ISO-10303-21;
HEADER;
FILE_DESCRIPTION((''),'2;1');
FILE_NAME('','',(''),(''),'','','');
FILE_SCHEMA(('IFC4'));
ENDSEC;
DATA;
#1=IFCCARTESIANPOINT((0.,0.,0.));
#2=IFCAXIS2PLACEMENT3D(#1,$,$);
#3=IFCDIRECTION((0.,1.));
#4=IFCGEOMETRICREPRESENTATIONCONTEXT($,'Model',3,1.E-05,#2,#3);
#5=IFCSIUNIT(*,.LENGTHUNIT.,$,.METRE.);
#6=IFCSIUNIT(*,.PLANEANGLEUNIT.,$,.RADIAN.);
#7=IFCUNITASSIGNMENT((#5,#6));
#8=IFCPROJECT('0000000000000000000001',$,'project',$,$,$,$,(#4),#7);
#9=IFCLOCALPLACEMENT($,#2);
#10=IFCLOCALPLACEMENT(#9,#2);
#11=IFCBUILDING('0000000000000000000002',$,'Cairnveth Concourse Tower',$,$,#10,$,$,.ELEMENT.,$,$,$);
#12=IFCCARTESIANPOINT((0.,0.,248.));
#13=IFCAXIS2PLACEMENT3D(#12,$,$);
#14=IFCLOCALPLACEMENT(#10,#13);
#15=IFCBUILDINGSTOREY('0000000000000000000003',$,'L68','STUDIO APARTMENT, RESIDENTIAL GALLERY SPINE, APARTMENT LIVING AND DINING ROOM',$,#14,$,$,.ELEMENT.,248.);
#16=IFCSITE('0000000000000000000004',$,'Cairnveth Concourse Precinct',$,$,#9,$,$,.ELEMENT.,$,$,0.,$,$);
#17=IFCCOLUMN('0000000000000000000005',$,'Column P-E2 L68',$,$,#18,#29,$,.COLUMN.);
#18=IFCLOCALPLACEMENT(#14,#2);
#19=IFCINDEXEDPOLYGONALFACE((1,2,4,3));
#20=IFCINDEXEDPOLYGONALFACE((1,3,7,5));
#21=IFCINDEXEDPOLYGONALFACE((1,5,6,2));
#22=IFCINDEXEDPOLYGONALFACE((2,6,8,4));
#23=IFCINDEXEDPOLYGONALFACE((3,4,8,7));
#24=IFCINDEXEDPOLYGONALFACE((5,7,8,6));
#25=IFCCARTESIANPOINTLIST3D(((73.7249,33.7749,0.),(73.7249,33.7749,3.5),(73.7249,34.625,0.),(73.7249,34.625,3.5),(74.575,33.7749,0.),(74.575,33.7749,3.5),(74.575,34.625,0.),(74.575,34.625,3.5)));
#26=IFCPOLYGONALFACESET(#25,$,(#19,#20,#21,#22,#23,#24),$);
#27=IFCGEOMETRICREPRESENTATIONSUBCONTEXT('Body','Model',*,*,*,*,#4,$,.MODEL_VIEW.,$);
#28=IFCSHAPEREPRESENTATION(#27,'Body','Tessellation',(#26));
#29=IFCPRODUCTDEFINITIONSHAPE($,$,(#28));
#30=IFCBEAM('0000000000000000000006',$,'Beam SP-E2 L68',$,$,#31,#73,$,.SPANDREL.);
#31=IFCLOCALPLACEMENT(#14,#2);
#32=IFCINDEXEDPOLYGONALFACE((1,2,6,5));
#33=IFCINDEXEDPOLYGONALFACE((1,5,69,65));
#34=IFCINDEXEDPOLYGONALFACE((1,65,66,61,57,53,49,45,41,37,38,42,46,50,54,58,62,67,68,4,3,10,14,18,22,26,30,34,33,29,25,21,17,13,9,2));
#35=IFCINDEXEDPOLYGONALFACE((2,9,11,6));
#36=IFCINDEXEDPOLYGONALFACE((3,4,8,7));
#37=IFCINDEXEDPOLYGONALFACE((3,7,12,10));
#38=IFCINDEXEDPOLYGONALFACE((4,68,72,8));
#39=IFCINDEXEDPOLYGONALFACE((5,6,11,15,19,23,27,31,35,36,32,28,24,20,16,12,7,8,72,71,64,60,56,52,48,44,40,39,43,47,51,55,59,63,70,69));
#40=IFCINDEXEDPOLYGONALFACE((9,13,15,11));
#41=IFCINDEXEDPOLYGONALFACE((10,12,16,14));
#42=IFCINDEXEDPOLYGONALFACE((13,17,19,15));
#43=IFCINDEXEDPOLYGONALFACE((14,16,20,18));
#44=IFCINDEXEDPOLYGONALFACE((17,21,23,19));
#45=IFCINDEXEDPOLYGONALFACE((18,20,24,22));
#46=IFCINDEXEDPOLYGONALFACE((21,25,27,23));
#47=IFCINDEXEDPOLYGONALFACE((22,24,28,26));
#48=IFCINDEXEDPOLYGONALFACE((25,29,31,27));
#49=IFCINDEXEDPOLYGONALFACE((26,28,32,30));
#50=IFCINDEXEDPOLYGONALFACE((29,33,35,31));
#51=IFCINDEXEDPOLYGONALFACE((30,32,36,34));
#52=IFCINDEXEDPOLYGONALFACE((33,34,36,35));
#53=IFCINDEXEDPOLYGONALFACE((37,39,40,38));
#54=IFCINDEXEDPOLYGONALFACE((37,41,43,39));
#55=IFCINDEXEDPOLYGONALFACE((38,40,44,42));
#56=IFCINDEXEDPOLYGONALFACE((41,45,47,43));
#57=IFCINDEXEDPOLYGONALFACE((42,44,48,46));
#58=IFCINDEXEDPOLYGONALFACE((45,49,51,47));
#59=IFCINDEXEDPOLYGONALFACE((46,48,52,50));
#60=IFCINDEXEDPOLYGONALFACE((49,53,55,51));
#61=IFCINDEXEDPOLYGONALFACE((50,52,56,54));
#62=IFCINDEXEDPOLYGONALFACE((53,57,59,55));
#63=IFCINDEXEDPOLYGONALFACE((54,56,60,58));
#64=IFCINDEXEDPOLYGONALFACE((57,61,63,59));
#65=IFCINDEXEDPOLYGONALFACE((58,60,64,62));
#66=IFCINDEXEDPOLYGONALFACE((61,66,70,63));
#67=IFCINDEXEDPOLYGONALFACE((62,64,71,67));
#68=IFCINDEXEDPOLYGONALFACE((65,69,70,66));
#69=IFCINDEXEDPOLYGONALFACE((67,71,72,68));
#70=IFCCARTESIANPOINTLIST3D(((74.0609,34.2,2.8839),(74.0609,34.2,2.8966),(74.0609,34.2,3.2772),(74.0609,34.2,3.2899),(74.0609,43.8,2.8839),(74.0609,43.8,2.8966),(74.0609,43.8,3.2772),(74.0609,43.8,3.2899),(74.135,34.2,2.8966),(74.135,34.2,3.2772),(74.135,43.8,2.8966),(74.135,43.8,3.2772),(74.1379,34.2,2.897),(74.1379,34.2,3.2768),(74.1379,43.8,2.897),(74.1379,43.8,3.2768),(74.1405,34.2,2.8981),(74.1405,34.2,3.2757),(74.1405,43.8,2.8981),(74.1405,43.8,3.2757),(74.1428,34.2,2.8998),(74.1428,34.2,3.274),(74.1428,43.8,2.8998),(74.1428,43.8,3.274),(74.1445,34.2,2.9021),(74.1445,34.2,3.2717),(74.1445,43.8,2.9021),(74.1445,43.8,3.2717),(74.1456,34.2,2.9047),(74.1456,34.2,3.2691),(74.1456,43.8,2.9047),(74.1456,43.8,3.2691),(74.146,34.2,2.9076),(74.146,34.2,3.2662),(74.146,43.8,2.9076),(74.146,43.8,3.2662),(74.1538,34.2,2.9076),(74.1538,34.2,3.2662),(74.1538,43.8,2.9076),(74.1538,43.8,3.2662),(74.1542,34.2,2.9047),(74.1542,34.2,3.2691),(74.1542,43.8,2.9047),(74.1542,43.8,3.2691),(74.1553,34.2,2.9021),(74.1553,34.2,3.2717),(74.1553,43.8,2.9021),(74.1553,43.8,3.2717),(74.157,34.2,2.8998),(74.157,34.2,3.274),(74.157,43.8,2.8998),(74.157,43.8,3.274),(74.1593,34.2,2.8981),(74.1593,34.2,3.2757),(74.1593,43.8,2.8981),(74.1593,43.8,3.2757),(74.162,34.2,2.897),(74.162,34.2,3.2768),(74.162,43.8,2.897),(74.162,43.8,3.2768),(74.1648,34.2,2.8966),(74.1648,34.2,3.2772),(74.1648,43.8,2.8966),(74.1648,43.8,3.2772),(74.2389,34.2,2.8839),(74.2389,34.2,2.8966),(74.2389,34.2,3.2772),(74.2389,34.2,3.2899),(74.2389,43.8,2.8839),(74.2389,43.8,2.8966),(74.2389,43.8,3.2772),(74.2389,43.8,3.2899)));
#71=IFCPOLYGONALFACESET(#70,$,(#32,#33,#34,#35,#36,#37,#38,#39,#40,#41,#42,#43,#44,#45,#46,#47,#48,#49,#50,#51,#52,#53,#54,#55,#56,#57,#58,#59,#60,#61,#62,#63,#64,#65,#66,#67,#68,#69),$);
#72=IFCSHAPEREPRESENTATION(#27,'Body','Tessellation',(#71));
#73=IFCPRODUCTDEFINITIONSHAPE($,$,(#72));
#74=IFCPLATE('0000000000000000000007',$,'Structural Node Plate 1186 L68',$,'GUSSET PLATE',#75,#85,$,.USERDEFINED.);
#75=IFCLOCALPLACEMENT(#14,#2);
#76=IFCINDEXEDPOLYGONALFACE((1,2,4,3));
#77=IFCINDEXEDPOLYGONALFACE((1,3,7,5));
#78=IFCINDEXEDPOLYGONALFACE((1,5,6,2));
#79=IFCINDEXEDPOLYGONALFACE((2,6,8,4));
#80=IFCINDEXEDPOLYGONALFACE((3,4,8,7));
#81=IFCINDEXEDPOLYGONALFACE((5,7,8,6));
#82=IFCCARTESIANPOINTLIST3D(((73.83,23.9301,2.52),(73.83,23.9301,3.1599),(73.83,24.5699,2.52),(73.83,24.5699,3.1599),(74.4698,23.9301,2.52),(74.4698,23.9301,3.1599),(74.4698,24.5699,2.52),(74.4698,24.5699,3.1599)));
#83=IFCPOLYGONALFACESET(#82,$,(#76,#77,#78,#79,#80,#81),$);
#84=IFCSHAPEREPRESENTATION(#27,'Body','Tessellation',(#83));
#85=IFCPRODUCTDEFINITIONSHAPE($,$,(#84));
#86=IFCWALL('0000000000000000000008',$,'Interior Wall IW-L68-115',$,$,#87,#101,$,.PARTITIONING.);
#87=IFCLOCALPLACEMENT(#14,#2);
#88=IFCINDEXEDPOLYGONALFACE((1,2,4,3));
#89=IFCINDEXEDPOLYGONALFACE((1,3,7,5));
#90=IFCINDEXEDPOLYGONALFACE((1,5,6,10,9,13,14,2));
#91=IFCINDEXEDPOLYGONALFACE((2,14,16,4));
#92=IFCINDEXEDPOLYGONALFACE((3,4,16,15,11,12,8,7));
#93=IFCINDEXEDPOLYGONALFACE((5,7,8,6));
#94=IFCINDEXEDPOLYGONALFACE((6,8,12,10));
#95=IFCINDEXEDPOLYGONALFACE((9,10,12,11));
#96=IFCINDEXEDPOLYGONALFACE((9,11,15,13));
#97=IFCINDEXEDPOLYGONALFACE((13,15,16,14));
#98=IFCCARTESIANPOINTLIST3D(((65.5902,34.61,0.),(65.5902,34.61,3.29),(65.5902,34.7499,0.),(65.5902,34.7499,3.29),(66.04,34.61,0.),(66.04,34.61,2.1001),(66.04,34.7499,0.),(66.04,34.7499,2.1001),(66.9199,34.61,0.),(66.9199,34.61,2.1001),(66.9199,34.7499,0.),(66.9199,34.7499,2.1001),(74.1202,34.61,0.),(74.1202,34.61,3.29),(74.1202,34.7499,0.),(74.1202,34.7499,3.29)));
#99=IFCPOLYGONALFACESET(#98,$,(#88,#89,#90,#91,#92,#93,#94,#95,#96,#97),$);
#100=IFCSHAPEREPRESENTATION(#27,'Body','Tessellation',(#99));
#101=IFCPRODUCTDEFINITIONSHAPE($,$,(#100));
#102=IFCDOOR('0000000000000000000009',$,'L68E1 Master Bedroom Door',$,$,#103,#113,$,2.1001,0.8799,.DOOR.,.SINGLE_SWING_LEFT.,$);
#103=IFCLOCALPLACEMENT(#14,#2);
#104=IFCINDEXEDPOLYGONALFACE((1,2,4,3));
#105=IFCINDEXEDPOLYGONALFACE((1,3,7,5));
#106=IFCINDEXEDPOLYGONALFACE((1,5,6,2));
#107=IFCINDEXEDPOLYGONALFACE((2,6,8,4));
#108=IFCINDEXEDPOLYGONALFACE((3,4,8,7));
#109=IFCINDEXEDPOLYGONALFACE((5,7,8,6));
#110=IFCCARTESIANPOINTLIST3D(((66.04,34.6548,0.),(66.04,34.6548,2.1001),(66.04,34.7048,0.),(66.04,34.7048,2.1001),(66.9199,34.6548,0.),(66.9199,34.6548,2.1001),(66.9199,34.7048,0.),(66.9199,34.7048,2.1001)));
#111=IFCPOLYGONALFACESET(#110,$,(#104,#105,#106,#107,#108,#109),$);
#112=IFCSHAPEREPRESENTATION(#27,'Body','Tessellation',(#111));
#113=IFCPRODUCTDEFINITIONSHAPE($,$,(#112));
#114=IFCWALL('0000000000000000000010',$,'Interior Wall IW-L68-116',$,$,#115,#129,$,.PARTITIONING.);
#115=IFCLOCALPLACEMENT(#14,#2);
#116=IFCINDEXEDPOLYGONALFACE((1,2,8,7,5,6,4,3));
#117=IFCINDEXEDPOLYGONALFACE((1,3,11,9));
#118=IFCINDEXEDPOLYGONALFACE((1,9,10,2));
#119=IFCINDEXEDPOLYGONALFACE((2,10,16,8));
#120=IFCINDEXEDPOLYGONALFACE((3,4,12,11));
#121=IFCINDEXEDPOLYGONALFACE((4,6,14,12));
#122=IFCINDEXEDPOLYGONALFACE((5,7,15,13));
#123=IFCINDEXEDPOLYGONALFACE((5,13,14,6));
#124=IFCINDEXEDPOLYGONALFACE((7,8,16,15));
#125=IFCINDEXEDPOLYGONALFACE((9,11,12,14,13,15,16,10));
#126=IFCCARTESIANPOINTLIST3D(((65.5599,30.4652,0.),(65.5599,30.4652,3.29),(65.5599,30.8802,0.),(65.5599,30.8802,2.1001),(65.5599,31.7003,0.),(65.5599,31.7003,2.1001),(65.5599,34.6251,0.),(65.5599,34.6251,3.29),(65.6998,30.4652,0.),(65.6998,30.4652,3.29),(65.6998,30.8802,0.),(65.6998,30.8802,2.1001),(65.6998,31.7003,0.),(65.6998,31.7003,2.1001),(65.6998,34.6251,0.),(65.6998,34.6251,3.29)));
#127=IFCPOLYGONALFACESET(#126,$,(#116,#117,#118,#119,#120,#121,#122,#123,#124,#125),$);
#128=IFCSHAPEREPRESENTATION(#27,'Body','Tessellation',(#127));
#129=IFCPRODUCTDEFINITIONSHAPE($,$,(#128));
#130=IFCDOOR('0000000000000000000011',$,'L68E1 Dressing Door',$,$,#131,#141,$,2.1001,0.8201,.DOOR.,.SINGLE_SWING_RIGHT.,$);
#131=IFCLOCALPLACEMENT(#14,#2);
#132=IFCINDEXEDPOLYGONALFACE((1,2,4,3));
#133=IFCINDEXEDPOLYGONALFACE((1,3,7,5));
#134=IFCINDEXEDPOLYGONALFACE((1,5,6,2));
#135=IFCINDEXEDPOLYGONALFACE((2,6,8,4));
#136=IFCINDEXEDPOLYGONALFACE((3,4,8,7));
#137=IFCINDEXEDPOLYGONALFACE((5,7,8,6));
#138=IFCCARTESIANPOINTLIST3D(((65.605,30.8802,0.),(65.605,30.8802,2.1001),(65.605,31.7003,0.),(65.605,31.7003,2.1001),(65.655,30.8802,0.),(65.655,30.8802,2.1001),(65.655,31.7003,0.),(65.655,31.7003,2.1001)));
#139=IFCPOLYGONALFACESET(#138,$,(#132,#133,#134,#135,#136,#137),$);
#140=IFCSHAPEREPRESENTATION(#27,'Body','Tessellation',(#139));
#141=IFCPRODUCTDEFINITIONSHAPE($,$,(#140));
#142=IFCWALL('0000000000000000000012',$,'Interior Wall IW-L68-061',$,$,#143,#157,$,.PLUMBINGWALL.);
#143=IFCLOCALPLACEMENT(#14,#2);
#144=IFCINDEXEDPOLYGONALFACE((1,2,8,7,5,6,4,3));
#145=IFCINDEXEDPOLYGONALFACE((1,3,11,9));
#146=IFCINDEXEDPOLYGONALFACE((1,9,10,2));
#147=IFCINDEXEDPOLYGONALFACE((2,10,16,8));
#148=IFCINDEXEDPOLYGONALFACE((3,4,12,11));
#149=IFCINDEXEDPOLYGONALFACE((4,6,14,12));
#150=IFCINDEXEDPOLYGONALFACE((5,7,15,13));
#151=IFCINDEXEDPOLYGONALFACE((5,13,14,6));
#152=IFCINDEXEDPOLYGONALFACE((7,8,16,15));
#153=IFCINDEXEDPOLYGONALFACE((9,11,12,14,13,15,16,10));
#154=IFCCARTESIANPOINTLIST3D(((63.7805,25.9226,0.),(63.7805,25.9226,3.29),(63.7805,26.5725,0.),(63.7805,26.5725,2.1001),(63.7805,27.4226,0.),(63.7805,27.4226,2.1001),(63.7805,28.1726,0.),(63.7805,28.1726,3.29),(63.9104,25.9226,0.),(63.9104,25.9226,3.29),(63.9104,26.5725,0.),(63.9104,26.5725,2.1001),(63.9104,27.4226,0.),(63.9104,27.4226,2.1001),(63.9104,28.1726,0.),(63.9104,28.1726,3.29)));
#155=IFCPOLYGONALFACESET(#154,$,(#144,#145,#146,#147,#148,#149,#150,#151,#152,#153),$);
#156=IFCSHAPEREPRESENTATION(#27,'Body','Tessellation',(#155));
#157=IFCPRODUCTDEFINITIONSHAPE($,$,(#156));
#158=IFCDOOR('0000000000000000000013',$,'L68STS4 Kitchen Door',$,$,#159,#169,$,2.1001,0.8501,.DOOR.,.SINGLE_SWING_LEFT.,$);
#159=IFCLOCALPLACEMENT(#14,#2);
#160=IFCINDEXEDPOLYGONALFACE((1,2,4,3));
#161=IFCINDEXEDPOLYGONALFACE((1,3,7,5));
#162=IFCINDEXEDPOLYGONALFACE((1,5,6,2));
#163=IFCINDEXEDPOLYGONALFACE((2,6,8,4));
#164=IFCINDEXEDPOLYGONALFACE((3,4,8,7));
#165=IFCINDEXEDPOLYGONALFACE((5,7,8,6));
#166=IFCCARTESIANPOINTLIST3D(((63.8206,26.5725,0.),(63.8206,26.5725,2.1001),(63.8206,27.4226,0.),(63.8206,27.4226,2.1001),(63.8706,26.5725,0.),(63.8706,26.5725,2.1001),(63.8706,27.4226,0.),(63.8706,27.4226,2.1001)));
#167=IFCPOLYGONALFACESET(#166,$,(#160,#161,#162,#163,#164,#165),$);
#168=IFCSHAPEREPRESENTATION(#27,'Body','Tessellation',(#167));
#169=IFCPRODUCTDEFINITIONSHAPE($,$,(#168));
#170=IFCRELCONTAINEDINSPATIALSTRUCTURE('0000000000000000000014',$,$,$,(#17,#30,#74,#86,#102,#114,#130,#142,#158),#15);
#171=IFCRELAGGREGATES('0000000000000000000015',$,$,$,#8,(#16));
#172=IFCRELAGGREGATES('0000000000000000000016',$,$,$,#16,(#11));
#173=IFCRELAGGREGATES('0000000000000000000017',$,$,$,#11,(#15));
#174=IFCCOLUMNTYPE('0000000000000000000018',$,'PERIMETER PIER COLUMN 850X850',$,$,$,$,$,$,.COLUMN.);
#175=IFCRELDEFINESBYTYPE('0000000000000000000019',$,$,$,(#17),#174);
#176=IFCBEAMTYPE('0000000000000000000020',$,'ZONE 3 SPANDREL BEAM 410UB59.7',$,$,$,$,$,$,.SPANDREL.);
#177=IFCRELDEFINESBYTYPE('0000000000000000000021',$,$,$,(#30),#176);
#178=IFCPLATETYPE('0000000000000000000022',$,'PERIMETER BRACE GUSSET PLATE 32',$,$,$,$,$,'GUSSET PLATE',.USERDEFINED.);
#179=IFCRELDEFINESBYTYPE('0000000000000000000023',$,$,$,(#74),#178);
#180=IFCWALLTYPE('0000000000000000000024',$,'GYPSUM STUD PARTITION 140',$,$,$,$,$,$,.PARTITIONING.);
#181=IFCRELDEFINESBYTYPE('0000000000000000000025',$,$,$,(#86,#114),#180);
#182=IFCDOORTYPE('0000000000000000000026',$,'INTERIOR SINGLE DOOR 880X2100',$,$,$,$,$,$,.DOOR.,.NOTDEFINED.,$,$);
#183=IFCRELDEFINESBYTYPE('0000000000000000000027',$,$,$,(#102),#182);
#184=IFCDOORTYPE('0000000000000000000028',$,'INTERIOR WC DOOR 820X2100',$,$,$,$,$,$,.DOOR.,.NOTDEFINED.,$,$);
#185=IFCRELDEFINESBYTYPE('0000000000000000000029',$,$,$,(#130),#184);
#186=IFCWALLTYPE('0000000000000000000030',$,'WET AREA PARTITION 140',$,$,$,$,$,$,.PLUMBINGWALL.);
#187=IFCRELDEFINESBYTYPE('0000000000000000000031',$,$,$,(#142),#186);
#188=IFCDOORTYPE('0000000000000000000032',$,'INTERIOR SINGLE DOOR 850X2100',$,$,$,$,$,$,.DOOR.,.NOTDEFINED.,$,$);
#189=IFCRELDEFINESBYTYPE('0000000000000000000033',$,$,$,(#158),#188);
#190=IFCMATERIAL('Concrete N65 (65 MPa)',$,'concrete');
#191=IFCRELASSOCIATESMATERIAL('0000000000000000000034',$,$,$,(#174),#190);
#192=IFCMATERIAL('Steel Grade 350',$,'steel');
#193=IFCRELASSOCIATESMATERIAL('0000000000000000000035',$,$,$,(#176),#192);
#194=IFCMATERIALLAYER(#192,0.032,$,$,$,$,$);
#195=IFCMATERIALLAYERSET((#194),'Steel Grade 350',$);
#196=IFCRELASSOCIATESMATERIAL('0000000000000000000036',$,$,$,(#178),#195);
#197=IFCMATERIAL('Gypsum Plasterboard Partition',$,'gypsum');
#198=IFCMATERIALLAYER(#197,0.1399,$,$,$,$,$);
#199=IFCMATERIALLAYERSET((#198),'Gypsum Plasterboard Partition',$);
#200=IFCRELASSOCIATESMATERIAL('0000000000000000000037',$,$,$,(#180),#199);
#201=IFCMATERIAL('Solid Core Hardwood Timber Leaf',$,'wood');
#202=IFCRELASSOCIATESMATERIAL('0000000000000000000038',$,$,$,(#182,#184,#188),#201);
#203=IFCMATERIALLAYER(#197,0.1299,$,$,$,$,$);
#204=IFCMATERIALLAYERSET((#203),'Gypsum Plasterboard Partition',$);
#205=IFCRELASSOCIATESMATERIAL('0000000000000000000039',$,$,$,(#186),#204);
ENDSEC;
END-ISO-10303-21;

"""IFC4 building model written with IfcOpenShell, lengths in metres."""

from ifc_helpers import new_model, si_unit, direction, frame, frame_2d, origin, origin_2d, place, context, subcontext, project, spatial, rectangle, i_section, extrude, material, layer, layer_set, material_profile, profile_set, type_object, element, fill, save


model = new_model("IFC4")

# Units and contexts
model_context = context("Model", 3, precision=1e-05, world=origin(), true_north=direction((0.0, 1.0)))
body_context = subcontext(model_context, "Body", "Model", "MODEL_VIEW")
ifc_project = project(units=[si_unit("LENGTHUNIT", "METRE"), si_unit("PLANEANGLEUNIT", "RADIAN")], contexts=[model_context])

# Site, building, storey
site_placement = place(None, origin())
site = spatial("IfcSite", under=ifc_project, at=site_placement, Name="Cairnveth Concourse Precinct", CompositionType="ELEMENT", RefElevation=0.0)
building_placement = place(site_placement, origin())
building = spatial("IfcBuilding", under=site, at=building_placement, Name="Cairnveth Concourse Tower", CompositionType="ELEMENT")
storey_placement = place(building_placement, frame((0.0, 0.0, 248.0)))
storey = spatial("IfcBuildingStorey", under=building, at=storey_placement, Name="L68", Description="STUDIO APARTMENT, RESIDENTIAL GALLERY SPINE, APARTMENT LIVING AND DINING ROOM", CompositionType="ELEMENT", Elevation=248.0)

# Column
ifc_material_1 = material(Name="Concrete N65 (65 MPa)", Category="concrete")
ifc_material_profile_1 = material_profile(ifc_material_1, rectangle(XDim=0.8501, YDim=0.8501, at=origin_2d()), Name="RC-COL-850x850")
ifc_profile_set_1 = profile_set([ifc_material_profile_1], Name="Concrete N65 (65 MPa)")
column_type = type_object("IfcColumnType", Name="PERIMETER PIER COLUMN 850X850", PredefinedType="COLUMN", material=ifc_profile_set_1)
column_placement = place(storey_placement, frame((74.1499, 34.2, 0.0), z_axis=(0.0, 0.0, 1.0), x_axis=(0.0, 1.0, 0.0)))
element("IfcColumn", 1, at=column_placement, inside=storey, type_object=column_type, Name="Column P-E2 L68", PredefinedType="COLUMN", context=body_context, shape_type="SweptSolid", body=[
    extrude(rectangle(XDim=0.8501, YDim=0.8501, at=origin_2d()), origin(), (0.0, 0.0, 1.0), 3.5),
])

# Beam
ifc_material_2 = material(Name="Steel Grade 350", Category="steel")
ifc_material_profile_2 = material_profile(ifc_material_2, i_section(OverallWidth=0.178, OverallDepth=0.406, WebThickness=0.0078, FlangeThickness=0.0127, FilletRadius=0.011, at=origin_2d()), Name="410UB59.7")
ifc_profile_set_2 = profile_set([ifc_material_profile_2], Name="Steel Grade 350")
beam_type = type_object("IfcBeamType", Name="ZONE 3 SPANDREL BEAM 410UB59.7", PredefinedType="SPANDREL", material=ifc_profile_set_2)
beam_placement = place(storey_placement, frame((74.1499, 34.2, 3.0869), z_axis=(0.0, 1.0, 0.0), x_axis=(-1.0, 0.0, 0.0)))
element("IfcBeam", 2, at=beam_placement, inside=storey, type_object=beam_type, Name="Beam SP-E2 L68", PredefinedType="SPANDREL", context=body_context, shape_type="SweptSolid", body=[
    extrude(i_section(OverallWidth=0.178, OverallDepth=0.406, WebThickness=0.0078, FlangeThickness=0.0127, FilletRadius=0.011, at=origin_2d()), origin(), (0.0, 0.0, 1.0), 9.6001),
])

# Plate
ifc_layer_1 = layer(ifc_material_2, 0.032)
ifc_layer_set_1 = layer_set([ifc_layer_1], Name="Steel Grade 350")
plate_type = type_object("IfcPlateType", Name="PERIMETER BRACE GUSSET PLATE 32", ElementType="GUSSET PLATE", PredefinedType="USERDEFINED", material=ifc_layer_set_1)
plate_placement = place(storey_placement, frame((74.1499, 24.25, 2.52), z_axis=(0.0, 0.0, 1.0), x_axis=(1.0, 0.0, 0.0)))
element("IfcPlate", 3, at=plate_placement, inside=storey, type_object=plate_type, Name="Structural Node Plate 1186 L68", ObjectType="GUSSET PLATE", PredefinedType="USERDEFINED", context=body_context, shape_type="SweptSolid", body=[
    extrude(rectangle(XDim=0.6399, YDim=0.6399, at=origin_2d()), origin(), (0.0, 0.0, 1.0), 0.6399),
])

# Walls, openings, doors
ifc_material_3 = material(Name="Gypsum Plasterboard Partition", Category="gypsum")
ifc_layer_2 = layer(ifc_material_3, 0.1399)
ifc_layer_set_2 = layer_set([ifc_layer_2], Name="Gypsum Plasterboard Partition")
wall_type_1 = type_object("IfcWallType", Name="GYPSUM STUD PARTITION 140", PredefinedType="PARTITIONING", material=ifc_layer_set_2)
wall_1_placement = place(storey_placement, frame((65.5901, 34.6799, 0.0), z_axis=(0.0, 0.0, 1.0), x_axis=(1.0, 0.0, 0.0)))
wall_1 = element("IfcWall", 4, at=wall_1_placement, inside=storey, type_object=wall_type_1, Name="Interior Wall IW-L68-115", PredefinedType="PARTITIONING", context=body_context, shape_type="SweptSolid", body=[
    extrude(rectangle(XDim=8.53, YDim=0.1399, at=frame_2d((4.2651, 0.0))), origin(), (0.0, 0.0, 1.0), 3.29),
])
opening_1_placement = place(wall_1_placement, frame((0.45, 0.0, 0.0)))
opening_1 = element("IfcOpeningElement", 5, at=opening_1_placement, cuts=wall_1, PredefinedType="OPENING", context=body_context, shape_type="SweptSolid", body=[
    extrude(rectangle(XDim=0.8799, YDim=2.1001, at=frame_2d((0.4399, 1.05))), frame((0.0, 0.0798, 0.0), z_axis=(0.0, -1.0, 0.0), x_axis=(1.0, 0.0, 0.0)), (0.0, 0.0, 1.0), 0.1599),
])
ifc_material_4 = material(Name="Solid Core Hardwood Timber Leaf", Category="wood")
door_type_1 = type_object("IfcDoorType", Name="INTERIOR SINGLE DOOR 880X2100", OperationType="NOTDEFINED", PredefinedType="DOOR", material=ifc_material_4)
door_1_placement = place(opening_1_placement, origin())
door_1 = element("IfcDoor", 6, at=door_1_placement, inside=storey, type_object=door_type_1, Name="L68E1 Master Bedroom Door", OperationType="SINGLE_SWING_LEFT", OverallHeight=2.1001, OverallWidth=0.8799, PredefinedType="DOOR", context=body_context, shape_type="SweptSolid", body=[
    extrude(rectangle(XDim=0.8799, YDim=2.1001, at=frame_2d((0.4399, 1.05))), frame((0.0, 0.0249, 0.0), z_axis=(0.0, -1.0, 0.0), x_axis=(1.0, 0.0, 0.0)), (0.0, 0.0, 1.0), 0.05),
])
fill(opening_1, door_1)
wall_2_placement = place(storey_placement, frame((65.6299, 30.4651, 0.0), z_axis=(0.0, 0.0, 1.0), x_axis=(0.0, 1.0, 0.0)))
wall_2 = element("IfcWall", 7, at=wall_2_placement, inside=storey, type_object=wall_type_1, Name="Interior Wall IW-L68-116", PredefinedType="PARTITIONING", context=body_context, shape_type="SweptSolid", body=[
    extrude(rectangle(XDim=4.1599, YDim=0.1399, at=frame_2d((2.0801, 0.0))), origin(), (0.0, 0.0, 1.0), 3.29),
])
opening_2_placement = place(wall_2_placement, frame((0.415, 0.0, 0.0)))
opening_2 = element("IfcOpeningElement", 8, at=opening_2_placement, cuts=wall_2, PredefinedType="OPENING", context=body_context, shape_type="SweptSolid", body=[
    extrude(rectangle(XDim=0.8201, YDim=2.1001, at=frame_2d((0.4102, 1.05))), frame((0.0, 0.0798, 0.0), z_axis=(0.0, -1.0, 0.0), x_axis=(1.0, 0.0, 0.0)), (0.0, 0.0, 1.0), 0.1599),
])
door_type_2 = type_object("IfcDoorType", Name="INTERIOR WC DOOR 820X2100", OperationType="NOTDEFINED", PredefinedType="DOOR", material=ifc_material_4)
door_2_placement = place(opening_2_placement, origin())
door_2 = element("IfcDoor", 9, at=door_2_placement, inside=storey, type_object=door_type_2, Name="L68E1 Dressing Door", OperationType="SINGLE_SWING_RIGHT", OverallHeight=2.1001, OverallWidth=0.8201, PredefinedType="DOOR", context=body_context, shape_type="SweptSolid", body=[
    extrude(rectangle(XDim=0.8201, YDim=2.1001, at=frame_2d((0.4102, 1.05))), frame((0.0, 0.0249, 0.0), z_axis=(0.0, -1.0, 0.0), x_axis=(1.0, 0.0, 0.0)), (0.0, 0.0, 1.0), 0.05),
])
fill(opening_2, door_2)
ifc_layer_3 = layer(ifc_material_3, 0.1299)
ifc_layer_set_3 = layer_set([ifc_layer_3], Name="Gypsum Plasterboard Partition")
wall_type_2 = type_object("IfcWallType", Name="WET AREA PARTITION 140", PredefinedType="PLUMBINGWALL", material=ifc_layer_set_3)
wall_3_placement = place(storey_placement, frame((63.8455, 25.9226, 0.0), z_axis=(0.0, 0.0, 1.0), x_axis=(0.0, 1.0, 0.0)))
wall_3 = element("IfcWall", 10, at=wall_3_placement, inside=storey, type_object=wall_type_2, Name="Interior Wall IW-L68-061", PredefinedType="PLUMBINGWALL", context=body_context, shape_type="SweptSolid", body=[
    extrude(rectangle(XDim=2.25, YDim=0.1299, at=frame_2d((1.125, 0.0))), origin(), (0.0, 0.0, 1.0), 3.29),
])
opening_3_placement = place(wall_3_placement, frame((0.6499, 0.0, 0.0)))
opening_3 = element("IfcOpeningElement", 11, at=opening_3_placement, cuts=wall_3, PredefinedType="OPENING", context=body_context, shape_type="SweptSolid", body=[
    extrude(rectangle(XDim=0.8501, YDim=2.1001, at=frame_2d((0.425, 1.05))), frame((0.0, 0.075, 0.0), z_axis=(0.0, -1.0, 0.0), x_axis=(1.0, 0.0, 0.0)), (0.0, 0.0, 1.0), 0.1499),
])
door_type_3 = type_object("IfcDoorType", Name="INTERIOR SINGLE DOOR 850X2100", OperationType="NOTDEFINED", PredefinedType="DOOR", material=ifc_material_4)
door_3_placement = place(opening_3_placement, origin())
door_3 = element("IfcDoor", 12, at=door_3_placement, inside=storey, type_object=door_type_3, Name="L68STS4 Kitchen Door", OperationType="SINGLE_SWING_LEFT", OverallHeight=2.1001, OverallWidth=0.8501, PredefinedType="DOOR", context=body_context, shape_type="SweptSolid", body=[
    extrude(rectangle(XDim=0.8501, YDim=2.1001, at=frame_2d((0.425, 1.05))), frame((0.0, 0.0249, 0.0), z_axis=(0.0, -1.0, 0.0), x_axis=(1.0, 0.0, 0.0)), (0.0, 0.0, 1.0), 0.05),
])
fill(opening_3, door_3)

save(model, "model.ifc")
